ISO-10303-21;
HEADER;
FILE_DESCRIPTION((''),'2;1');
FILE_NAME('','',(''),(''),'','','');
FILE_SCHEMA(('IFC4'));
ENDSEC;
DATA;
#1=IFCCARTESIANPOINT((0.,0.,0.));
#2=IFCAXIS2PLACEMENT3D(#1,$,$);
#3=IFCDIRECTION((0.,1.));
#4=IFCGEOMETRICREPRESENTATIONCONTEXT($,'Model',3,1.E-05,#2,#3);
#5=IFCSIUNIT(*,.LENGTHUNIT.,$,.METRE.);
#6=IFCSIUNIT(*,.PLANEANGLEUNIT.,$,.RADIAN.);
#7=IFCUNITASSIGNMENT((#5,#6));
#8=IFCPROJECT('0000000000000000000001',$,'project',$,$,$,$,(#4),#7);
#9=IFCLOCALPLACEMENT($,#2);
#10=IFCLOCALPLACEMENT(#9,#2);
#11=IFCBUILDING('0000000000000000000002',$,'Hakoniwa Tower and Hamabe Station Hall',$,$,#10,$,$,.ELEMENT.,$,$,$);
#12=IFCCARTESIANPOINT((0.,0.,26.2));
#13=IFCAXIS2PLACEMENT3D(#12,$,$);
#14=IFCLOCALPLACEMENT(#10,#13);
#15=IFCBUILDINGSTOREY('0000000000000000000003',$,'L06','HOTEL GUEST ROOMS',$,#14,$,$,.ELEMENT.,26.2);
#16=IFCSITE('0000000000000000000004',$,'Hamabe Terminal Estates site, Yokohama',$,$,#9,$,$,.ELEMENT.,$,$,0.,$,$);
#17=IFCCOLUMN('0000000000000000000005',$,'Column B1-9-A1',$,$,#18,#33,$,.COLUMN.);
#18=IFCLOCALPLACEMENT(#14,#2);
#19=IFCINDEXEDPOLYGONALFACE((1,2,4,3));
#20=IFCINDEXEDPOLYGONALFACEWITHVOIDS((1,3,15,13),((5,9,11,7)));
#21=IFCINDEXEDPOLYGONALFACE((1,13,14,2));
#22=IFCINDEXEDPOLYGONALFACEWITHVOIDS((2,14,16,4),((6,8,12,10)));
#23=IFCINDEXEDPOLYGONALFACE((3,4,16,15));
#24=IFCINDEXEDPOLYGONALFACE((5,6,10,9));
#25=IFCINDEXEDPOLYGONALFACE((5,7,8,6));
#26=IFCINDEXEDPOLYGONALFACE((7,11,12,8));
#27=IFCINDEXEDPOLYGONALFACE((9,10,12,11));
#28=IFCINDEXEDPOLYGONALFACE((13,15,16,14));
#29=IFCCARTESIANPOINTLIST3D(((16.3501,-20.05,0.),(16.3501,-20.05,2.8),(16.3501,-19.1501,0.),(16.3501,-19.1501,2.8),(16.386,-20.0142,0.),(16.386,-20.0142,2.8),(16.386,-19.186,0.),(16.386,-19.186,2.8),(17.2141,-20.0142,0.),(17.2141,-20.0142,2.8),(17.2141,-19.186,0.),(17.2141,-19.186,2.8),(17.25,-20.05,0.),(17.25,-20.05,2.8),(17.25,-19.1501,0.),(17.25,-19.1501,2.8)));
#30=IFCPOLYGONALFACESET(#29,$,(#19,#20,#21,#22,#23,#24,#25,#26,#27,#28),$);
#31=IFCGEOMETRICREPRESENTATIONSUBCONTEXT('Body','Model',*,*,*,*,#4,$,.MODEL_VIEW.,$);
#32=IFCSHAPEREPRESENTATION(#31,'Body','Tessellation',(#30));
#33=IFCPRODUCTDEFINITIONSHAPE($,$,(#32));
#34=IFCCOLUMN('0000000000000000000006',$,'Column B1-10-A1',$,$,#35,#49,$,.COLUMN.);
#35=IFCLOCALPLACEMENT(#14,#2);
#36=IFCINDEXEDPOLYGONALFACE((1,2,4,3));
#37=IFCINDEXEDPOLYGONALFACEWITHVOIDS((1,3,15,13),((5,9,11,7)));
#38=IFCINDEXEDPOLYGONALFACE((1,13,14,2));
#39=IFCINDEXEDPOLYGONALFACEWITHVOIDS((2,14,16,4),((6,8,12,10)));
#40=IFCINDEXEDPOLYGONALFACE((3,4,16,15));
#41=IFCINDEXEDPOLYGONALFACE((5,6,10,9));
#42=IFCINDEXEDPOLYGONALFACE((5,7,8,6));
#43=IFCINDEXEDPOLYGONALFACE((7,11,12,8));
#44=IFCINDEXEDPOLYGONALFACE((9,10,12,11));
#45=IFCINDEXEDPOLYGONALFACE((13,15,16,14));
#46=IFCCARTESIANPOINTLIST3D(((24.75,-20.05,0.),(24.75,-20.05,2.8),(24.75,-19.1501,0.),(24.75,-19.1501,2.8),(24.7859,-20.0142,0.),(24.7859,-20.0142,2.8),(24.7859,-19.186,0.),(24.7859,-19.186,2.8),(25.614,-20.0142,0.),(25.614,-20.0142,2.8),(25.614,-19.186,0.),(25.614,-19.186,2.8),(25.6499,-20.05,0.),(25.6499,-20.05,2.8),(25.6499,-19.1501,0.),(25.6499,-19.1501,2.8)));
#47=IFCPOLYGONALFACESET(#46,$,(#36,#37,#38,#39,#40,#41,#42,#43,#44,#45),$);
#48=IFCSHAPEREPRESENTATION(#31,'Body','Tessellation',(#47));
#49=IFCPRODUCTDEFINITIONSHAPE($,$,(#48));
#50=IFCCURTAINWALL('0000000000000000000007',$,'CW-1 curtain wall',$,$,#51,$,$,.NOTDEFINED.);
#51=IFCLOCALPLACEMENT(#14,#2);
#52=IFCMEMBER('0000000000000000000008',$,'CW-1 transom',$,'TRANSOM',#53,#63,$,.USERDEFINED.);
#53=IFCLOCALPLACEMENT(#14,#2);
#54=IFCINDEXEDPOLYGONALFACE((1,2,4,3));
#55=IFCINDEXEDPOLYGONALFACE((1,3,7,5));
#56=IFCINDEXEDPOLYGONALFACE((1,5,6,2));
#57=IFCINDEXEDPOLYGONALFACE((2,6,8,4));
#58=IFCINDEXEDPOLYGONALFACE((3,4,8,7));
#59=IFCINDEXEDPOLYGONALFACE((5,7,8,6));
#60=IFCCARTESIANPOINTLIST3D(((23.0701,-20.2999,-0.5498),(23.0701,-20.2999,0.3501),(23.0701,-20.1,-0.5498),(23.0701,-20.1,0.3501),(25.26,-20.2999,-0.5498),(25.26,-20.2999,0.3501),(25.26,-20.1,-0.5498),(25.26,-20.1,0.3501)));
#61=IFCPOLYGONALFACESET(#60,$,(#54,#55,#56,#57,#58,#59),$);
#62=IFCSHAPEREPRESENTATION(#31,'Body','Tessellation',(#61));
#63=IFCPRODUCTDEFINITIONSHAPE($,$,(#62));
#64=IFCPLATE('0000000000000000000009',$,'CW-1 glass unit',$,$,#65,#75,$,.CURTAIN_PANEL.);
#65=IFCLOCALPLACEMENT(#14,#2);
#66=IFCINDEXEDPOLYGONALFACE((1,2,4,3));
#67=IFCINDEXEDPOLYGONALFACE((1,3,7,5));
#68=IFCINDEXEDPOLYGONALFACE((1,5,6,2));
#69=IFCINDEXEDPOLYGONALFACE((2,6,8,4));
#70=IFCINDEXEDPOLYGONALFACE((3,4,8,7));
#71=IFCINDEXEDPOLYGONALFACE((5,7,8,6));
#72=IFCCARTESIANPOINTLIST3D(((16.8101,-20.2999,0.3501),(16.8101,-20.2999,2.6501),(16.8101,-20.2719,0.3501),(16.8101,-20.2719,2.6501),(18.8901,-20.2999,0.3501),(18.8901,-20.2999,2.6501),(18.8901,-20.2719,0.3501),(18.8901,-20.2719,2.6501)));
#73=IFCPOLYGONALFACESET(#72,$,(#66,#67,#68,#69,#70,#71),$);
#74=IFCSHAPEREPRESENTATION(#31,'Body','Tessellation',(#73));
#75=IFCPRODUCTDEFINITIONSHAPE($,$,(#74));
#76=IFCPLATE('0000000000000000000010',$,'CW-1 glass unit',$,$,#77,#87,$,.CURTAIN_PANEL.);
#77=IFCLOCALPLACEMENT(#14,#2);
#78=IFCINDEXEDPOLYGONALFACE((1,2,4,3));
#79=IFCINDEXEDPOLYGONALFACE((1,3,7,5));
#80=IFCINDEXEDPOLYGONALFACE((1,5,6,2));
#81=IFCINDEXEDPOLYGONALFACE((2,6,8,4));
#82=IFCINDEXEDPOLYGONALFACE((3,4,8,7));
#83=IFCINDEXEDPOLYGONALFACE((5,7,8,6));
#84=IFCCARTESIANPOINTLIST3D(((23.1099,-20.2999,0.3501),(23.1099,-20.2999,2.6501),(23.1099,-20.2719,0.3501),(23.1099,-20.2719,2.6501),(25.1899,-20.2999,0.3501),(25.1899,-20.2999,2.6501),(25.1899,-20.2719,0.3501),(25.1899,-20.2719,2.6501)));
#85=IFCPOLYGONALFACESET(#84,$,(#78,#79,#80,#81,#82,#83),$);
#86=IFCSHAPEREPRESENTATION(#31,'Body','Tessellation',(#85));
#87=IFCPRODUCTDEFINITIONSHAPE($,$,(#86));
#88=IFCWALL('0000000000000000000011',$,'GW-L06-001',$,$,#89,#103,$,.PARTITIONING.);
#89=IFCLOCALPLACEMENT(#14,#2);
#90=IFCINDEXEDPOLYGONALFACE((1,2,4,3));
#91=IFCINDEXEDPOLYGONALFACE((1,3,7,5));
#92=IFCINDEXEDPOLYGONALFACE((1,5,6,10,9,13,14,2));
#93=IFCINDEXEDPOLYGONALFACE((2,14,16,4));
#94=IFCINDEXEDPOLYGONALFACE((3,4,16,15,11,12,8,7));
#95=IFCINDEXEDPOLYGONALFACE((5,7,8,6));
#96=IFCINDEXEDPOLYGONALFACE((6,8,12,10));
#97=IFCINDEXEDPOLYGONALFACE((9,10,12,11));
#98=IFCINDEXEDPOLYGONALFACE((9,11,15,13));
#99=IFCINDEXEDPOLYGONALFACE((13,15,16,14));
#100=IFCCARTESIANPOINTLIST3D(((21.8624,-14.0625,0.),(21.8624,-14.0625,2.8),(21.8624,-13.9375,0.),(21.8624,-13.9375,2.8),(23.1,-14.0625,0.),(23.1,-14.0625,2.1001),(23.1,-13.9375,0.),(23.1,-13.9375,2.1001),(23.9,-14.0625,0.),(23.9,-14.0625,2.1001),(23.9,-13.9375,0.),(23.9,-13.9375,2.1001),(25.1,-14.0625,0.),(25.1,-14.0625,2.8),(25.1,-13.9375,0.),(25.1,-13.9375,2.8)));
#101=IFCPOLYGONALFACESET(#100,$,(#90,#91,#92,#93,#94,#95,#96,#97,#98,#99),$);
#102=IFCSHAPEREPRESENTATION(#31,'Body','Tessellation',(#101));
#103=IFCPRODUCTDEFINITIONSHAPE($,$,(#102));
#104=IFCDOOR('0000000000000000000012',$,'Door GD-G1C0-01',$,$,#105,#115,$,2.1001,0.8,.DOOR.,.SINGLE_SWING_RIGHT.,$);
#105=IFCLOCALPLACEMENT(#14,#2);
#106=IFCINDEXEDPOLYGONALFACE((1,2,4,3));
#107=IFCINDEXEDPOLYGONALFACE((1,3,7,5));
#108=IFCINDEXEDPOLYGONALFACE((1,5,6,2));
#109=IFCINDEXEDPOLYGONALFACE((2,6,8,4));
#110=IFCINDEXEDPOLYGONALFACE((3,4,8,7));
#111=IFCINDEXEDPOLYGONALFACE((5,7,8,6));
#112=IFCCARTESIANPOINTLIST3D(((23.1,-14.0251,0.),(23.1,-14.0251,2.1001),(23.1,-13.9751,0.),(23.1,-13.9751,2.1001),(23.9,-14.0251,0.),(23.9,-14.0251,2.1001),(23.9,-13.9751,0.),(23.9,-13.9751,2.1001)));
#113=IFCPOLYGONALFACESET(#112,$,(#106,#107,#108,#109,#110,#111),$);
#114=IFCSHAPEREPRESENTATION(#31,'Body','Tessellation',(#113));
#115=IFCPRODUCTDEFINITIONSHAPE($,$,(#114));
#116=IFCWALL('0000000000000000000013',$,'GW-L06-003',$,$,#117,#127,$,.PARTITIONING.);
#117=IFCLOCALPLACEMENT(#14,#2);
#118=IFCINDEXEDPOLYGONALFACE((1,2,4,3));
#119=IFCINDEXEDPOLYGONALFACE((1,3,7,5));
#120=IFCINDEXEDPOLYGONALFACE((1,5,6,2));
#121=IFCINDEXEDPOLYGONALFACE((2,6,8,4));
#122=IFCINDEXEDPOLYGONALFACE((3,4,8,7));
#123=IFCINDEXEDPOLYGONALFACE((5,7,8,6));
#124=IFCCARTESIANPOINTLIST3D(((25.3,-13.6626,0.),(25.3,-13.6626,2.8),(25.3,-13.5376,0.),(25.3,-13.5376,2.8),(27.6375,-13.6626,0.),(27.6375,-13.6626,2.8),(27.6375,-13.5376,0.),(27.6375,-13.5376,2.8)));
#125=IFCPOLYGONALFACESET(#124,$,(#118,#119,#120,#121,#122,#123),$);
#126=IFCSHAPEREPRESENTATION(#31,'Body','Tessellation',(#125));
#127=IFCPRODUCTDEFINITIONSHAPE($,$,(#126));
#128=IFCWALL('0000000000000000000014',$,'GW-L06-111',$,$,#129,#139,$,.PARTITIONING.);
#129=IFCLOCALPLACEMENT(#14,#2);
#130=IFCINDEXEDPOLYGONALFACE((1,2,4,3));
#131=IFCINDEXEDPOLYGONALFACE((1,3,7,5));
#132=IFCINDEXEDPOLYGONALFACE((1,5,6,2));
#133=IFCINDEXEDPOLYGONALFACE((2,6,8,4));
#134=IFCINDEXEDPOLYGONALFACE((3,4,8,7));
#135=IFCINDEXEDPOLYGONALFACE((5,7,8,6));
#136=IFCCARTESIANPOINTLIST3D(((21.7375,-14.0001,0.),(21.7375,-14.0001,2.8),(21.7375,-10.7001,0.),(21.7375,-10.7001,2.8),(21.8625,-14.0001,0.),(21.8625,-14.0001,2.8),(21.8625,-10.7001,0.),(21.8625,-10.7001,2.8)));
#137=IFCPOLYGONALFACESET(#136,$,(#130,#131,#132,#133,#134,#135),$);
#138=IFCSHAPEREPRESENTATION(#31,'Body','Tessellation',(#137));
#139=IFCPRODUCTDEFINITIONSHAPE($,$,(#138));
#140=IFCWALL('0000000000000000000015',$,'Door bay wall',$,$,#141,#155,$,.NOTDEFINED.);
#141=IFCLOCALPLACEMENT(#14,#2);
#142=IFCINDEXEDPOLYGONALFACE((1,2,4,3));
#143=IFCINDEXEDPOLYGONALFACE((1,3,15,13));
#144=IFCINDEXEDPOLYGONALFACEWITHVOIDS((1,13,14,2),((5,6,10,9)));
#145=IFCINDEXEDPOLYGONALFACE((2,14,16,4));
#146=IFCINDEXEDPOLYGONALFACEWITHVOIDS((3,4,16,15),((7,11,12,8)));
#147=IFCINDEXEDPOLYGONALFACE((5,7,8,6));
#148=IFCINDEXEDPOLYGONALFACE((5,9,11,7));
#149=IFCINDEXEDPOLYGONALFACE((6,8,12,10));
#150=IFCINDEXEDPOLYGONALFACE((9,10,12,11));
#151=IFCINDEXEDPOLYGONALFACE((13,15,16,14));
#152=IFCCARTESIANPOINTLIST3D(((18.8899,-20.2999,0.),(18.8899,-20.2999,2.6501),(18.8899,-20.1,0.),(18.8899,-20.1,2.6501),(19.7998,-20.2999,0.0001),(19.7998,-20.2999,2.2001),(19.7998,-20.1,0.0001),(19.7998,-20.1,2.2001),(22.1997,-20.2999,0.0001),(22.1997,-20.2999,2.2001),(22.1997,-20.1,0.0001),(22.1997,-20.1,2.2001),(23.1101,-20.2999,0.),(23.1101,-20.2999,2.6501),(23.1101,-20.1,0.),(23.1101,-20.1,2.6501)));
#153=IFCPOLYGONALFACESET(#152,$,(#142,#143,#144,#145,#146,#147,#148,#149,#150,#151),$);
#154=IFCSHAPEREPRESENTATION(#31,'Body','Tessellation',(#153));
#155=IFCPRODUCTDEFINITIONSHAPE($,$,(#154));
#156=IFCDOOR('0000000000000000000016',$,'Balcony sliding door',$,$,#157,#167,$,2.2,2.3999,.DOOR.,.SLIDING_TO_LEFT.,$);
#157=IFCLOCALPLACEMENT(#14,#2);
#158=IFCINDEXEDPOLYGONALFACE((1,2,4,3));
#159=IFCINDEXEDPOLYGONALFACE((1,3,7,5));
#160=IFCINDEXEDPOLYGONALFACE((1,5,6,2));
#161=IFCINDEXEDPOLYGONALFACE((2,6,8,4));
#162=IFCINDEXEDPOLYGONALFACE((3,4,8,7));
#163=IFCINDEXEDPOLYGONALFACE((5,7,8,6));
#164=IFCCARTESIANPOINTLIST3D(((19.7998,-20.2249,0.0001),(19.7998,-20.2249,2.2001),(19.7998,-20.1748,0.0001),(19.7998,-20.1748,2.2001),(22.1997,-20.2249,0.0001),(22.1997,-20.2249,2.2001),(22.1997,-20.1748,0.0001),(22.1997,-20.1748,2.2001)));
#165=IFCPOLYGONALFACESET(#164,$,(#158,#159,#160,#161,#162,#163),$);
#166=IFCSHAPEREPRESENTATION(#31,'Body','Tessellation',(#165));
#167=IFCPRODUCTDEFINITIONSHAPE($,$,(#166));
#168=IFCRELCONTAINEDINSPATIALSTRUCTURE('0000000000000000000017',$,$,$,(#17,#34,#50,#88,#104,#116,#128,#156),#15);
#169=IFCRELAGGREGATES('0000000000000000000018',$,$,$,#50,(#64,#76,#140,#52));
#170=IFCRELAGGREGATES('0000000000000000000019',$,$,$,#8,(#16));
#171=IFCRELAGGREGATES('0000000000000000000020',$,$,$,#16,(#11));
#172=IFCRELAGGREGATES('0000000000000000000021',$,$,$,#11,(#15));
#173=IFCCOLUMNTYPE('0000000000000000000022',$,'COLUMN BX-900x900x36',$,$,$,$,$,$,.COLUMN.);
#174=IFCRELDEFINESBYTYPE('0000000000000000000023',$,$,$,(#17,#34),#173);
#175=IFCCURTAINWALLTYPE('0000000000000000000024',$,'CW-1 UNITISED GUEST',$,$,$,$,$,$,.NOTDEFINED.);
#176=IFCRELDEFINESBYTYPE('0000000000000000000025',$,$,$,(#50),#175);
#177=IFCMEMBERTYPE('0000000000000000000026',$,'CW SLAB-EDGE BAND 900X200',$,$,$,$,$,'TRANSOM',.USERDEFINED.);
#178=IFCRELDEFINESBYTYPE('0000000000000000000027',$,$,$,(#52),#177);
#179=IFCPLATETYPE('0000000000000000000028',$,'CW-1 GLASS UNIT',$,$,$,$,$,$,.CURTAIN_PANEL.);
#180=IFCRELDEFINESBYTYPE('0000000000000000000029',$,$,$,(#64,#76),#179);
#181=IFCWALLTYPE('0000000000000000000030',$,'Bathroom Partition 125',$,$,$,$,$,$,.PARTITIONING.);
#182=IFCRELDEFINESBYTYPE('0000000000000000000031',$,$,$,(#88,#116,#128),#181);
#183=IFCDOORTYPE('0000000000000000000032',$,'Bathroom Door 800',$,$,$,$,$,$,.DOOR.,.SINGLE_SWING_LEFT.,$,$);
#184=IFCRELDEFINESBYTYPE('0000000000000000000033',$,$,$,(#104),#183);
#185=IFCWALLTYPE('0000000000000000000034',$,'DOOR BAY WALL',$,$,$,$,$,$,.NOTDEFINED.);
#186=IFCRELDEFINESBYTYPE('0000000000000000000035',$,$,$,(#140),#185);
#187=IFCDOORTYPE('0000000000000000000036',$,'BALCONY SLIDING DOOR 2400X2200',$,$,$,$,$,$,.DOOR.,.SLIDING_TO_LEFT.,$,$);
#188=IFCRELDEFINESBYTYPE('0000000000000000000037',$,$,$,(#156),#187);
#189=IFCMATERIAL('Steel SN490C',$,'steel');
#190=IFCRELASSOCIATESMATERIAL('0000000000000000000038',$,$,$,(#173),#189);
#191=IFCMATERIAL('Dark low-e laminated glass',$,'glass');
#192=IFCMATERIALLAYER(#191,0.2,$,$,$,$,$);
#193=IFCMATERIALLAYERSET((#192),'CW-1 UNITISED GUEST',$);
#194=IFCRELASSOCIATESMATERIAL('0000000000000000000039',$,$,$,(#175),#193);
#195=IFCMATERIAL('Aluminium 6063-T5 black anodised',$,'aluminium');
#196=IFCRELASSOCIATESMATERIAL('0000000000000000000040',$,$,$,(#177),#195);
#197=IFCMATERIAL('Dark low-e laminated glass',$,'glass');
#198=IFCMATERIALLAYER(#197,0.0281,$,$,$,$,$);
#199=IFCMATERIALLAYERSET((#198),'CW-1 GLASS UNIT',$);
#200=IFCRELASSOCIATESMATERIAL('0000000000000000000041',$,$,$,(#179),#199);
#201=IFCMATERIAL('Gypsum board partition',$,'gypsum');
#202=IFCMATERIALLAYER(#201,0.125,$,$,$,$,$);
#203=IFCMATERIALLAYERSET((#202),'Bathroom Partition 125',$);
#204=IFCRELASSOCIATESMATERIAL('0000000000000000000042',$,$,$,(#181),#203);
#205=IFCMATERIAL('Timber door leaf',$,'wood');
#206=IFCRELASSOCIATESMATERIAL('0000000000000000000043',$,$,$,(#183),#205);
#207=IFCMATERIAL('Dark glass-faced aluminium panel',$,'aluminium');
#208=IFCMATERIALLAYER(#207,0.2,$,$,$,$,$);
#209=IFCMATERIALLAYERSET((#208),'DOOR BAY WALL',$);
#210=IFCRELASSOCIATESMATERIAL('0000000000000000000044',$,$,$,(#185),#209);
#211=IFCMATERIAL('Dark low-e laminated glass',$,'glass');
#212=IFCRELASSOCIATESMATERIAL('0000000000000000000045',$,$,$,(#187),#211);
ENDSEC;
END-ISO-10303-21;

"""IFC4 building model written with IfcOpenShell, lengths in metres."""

from ifc_helpers import new_model, si_unit, direction, frame, frame_2d, origin, origin_2d, place, context, subcontext, project, spatial, rectangle, hollow_rectangle, extrude, material, layer, layer_set, material_profile, profile_set, type_object, element, fill, aggregate, save


model = new_model("IFC4")

# Units and contexts
model_context = context("Model", 3, precision=1e-05, world=origin(), true_north=direction((0.0, 1.0)))
body_context = subcontext(model_context, "Body", "Model", "MODEL_VIEW")
ifc_project = project(units=[si_unit("LENGTHUNIT", "METRE"), si_unit("PLANEANGLEUNIT", "RADIAN")], contexts=[model_context])

# Site, building, storey
site_placement = place(None, origin())
site = spatial("IfcSite", under=ifc_project, at=site_placement, Name="Hamabe Terminal Estates site, Yokohama", CompositionType="ELEMENT", RefElevation=0.0)
building_placement = place(site_placement, origin())
building = spatial("IfcBuilding", under=site, at=building_placement, Name="Hakoniwa Tower and Hamabe Station Hall", CompositionType="ELEMENT")
storey_placement = place(building_placement, frame((0.0, 0.0, 26.2)))
storey = spatial("IfcBuildingStorey", under=building, at=storey_placement, Name="L06", Description="HOTEL GUEST ROOMS", CompositionType="ELEMENT", Elevation=26.2)

# Columns
ifc_material_1 = material(Name="Steel SN490C", Category="steel")
ifc_material_profile_1 = material_profile(ifc_material_1, hollow_rectangle(XDim=0.8999, YDim=0.8999, WallThickness=0.0359, at=origin_2d()), Name="BX-900x900x36")
ifc_profile_set_1 = profile_set([ifc_material_profile_1], Name="Steel SN490C")
column_type = type_object("IfcColumnType", Name="COLUMN BX-900x900x36", PredefinedType="COLUMN", material=ifc_profile_set_1)
for number, where, z_axis, x_axis, name in (
    (1, (16.8, -19.6001, 0.0), (0.0, 0.0, 1.0), (1.0, 0.0, 0.0), "Column B1-9-A1"),
    (2, (25.2, -19.6001, 0.0), (0.0, 0.0, 1.0), (1.0, 0.0, 0.0), "Column B1-10-A1"),
):
    element("IfcColumn", number, at=place(storey_placement, frame(where, z_axis=z_axis, x_axis=x_axis)), inside=storey, type_object=column_type, Name=name, PredefinedType="COLUMN", context=body_context, shape_type="SweptSolid", body=[
        extrude(hollow_rectangle(XDim=0.8999, YDim=0.8999, WallThickness=0.0359, at=origin_2d()), origin(), (0.0, 0.0, 1.0), 2.8),
    ])

# Curtain wall, member, plates
ifc_material_2 = material(Name="Dark low-e laminated glass", Category="glass")
ifc_layer_1 = layer(ifc_material_2, 0.2)
ifc_layer_set_1 = layer_set([ifc_layer_1], Name="CW-1 UNITISED GUEST")
curtain_wall_type = type_object("IfcCurtainWallType", Name="CW-1 UNITISED GUEST", PredefinedType="NOTDEFINED", material=ifc_layer_set_1)
curtain_wall_placement = place(storey_placement, origin())
curtain_wall = element("IfcCurtainWall", 3, at=curtain_wall_placement, inside=storey, type_object=curtain_wall_type, Name="CW-1 curtain wall", PredefinedType="NOTDEFINED")
ifc_material_3 = material(Name="Aluminium 6063-T5 black anodised", Category="aluminium")
ifc_material_profile_2 = material_profile(ifc_material_3, rectangle(XDim=0.2, YDim=0.8999, at=origin_2d()), Name="CW SLAB-EDGE BAND 900X200")
ifc_profile_set_2 = profile_set([ifc_material_profile_2], Name="Aluminium 6063-T5 black anodised")
member_type = type_object("IfcMemberType", Name="CW SLAB-EDGE BAND 900X200", ElementType="TRANSOM", PredefinedType="USERDEFINED", material=ifc_profile_set_2)
member_placement = place(storey_placement, frame((23.0701, -20.2, -0.0999), z_axis=(1.0, 0.0, 0.0), x_axis=(0.0, 1.0, 0.0)))
member = element("IfcMember", 4, at=member_placement, type_object=member_type, Name="CW-1 transom", ObjectType="TRANSOM", PredefinedType="USERDEFINED", context=body_context, shape_type="SweptSolid", body=[
    extrude(rectangle(XDim=0.2, YDim=0.8999, at=origin_2d()), origin(), (0.0, 0.0, 1.0), 2.1899),
])
ifc_material_4 = material(Name="Dark low-e laminated glass", Category="glass")
ifc_layer_2 = layer(ifc_material_4, 0.0281)
ifc_layer_set_2 = layer_set([ifc_layer_2], Name="CW-1 GLASS UNIT")
plate_type = type_object("IfcPlateType", Name="CW-1 GLASS UNIT", PredefinedType="CURTAIN_PANEL", material=ifc_layer_set_2)
plate_1_placement = place(storey_placement, frame((17.8501, -20.2859, 0.3501), z_axis=(0.0, 0.0, 1.0), x_axis=(1.0, 0.0, 0.0)))
plate_1 = element("IfcPlate", 5, at=plate_1_placement, type_object=plate_type, Name="CW-1 glass unit", PredefinedType="CURTAIN_PANEL", context=body_context, shape_type="SweptSolid", body=[
    extrude(rectangle(XDim=2.0801, YDim=0.0281, at=origin_2d()), origin(), (0.0, 0.0, 1.0), 2.3),
])
plate_2_placement = place(storey_placement, frame((24.1499, -20.2859, 0.3501), z_axis=(0.0, 0.0, 1.0), x_axis=(1.0, 0.0, 0.0)))
plate_2 = element("IfcPlate", 6, at=plate_2_placement, type_object=plate_type, Name="CW-1 glass unit", PredefinedType="CURTAIN_PANEL", context=body_context, shape_type="SweptSolid", body=[
    extrude(rectangle(XDim=2.0801, YDim=0.0281, at=origin_2d()), origin(), (0.0, 0.0, 1.0), 2.3),
])

# Wall, opening, door
ifc_material_5 = material(Name="Gypsum board partition", Category="gypsum")
ifc_layer_3 = layer(ifc_material_5, 0.125)
ifc_layer_set_3 = layer_set([ifc_layer_3], Name="Bathroom Partition 125")
wall_type_1 = type_object("IfcWallType", Name="Bathroom Partition 125", PredefinedType="PARTITIONING", material=ifc_layer_set_3)
wall_1_placement = place(storey_placement, frame((21.8625, -14.0, 0.0), z_axis=(0.0, 0.0, 1.0), x_axis=(1.0, 0.0, 0.0)))
wall_1 = element("IfcWall", 7, at=wall_1_placement, inside=storey, type_object=wall_type_1, Name="GW-L06-001", PredefinedType="PARTITIONING", context=body_context, shape_type="SweptSolid", body=[
    extrude(rectangle(XDim=3.2375, YDim=0.125, at=frame_2d((1.6187, 0.0))), origin(), (0.0, 0.0, 1.0), 2.8),
])
opening_1_placement = place(wall_1_placement, frame((1.2375, 0.0, 0.0)))
opening_1 = element("IfcOpeningElement", 8, at=opening_1_placement, cuts=wall_1, PredefinedType="OPENING", context=body_context, shape_type="SweptSolid", body=[
    extrude(rectangle(XDim=0.8, YDim=2.1001, at=frame_2d((0.3999, 1.05))), frame((0.0, 0.0725, 0.0), z_axis=(0.0, -1.0, 0.0), x_axis=(1.0, 0.0, 0.0)), (0.0, 0.0, 1.0), 0.145),
])
ifc_material_6 = material(Name="Timber door leaf", Category="wood")
door_type_1 = type_object("IfcDoorType", Name="Bathroom Door 800", OperationType="SINGLE_SWING_LEFT", PredefinedType="DOOR", material=ifc_material_6)
door_1_placement = place(opening_1_placement, origin())
door_1 = element("IfcDoor", 9, at=door_1_placement, inside=storey, type_object=door_type_1, Name="Door GD-G1C0-01", OperationType="SINGLE_SWING_RIGHT", OverallHeight=2.1001, OverallWidth=0.8, PredefinedType="DOOR", context=body_context, shape_type="SweptSolid", body=[
    extrude(rectangle(XDim=0.8, YDim=2.1001, at=frame_2d((0.3999, 1.05))), frame((0.0, 0.0249, 0.0), z_axis=(0.0, -1.0, 0.0), x_axis=(1.0, 0.0, 0.0)), (0.0, 0.0, 1.0), 0.05),
])
fill(opening_1, door_1)

# Walls
wall_2_placement = place(storey_placement, frame((25.3, -13.6001, 0.0), z_axis=(0.0, 0.0, 1.0), x_axis=(1.0, 0.0, 0.0)))
element("IfcWall", 10, at=wall_2_placement, inside=storey, type_object=wall_type_1, Name="GW-L06-003", PredefinedType="PARTITIONING", context=body_context, shape_type="SweptSolid", body=[
    extrude(rectangle(XDim=2.3374, YDim=0.125, at=frame_2d((1.1687, 0.0))), origin(), (0.0, 0.0, 1.0), 2.8),
])
wall_3_placement = place(storey_placement, frame((21.8, -14.0, 0.0), z_axis=(0.0, 0.0, 1.0), x_axis=(0.0, 1.0, 0.0)))
element("IfcWall", 11, at=wall_3_placement, inside=storey, type_object=wall_type_1, Name="GW-L06-111", PredefinedType="PARTITIONING", context=body_context, shape_type="SweptSolid", body=[
    extrude(rectangle(XDim=3.3, YDim=0.125, at=frame_2d((1.6499, 0.0))), origin(), (0.0, 0.0, 1.0), 2.8),
])

# Wall, opening, door
ifc_material_7 = material(Name="Dark glass-faced aluminium panel", Category="aluminium")
ifc_layer_4 = layer(ifc_material_7, 0.2)
ifc_layer_set_4 = layer_set([ifc_layer_4], Name="DOOR BAY WALL")
wall_type_2 = type_object("IfcWallType", Name="DOOR BAY WALL", PredefinedType="NOTDEFINED", material=ifc_layer_set_4)
wall_4_placement = place(storey_placement, frame((18.8899, -20.2, 0.0), z_axis=(0.0, 0.0, 1.0), x_axis=(1.0, 0.0, 0.0)))
wall_4 = element("IfcWall", 12, at=wall_4_placement, type_object=wall_type_2, Name="Door bay wall", PredefinedType="NOTDEFINED", context=body_context, shape_type="SweptSolid", body=[
    extrude(rectangle(XDim=4.2202, YDim=0.2, at=frame_2d((2.1101, 0.0))), origin(), (0.0, 0.0, 1.0), 2.6501),
])
opening_2_placement = place(wall_4_placement, frame((0.9099, 0.0, 0.0)))
opening_2 = element("IfcOpeningElement", 13, at=opening_2_placement, cuts=wall_4, PredefinedType="OPENING", context=body_context, shape_type="SweptSolid", body=[
    extrude(rectangle(XDim=2.3999, YDim=2.2, at=frame_2d((1.2, 1.1001))), frame((0.0, 0.1099, 0.0), z_axis=(0.0, -1.0, 0.0), x_axis=(1.0, 0.0, 0.0)), (0.0, 0.0, 1.0), 0.22),
])
ifc_material_8 = material(Name="Dark low-e laminated glass", Category="glass")
door_type_2 = type_object("IfcDoorType", Name="BALCONY SLIDING DOOR 2400X2200", OperationType="SLIDING_TO_LEFT", PredefinedType="DOOR", material=ifc_material_8)
door_2_placement = place(opening_2_placement, frame((2.3999, 0.0, 0.0), z_axis=(0.0, 0.0, 1.0), x_axis=(-1.0, 0.0, 0.0)))
door_2 = element("IfcDoor", 14, at=door_2_placement, inside=storey, type_object=door_type_2, Name="Balcony sliding door", OperationType="SLIDING_TO_LEFT", OverallHeight=2.2, OverallWidth=2.3999, PredefinedType="DOOR", context=body_context, shape_type="SweptSolid", body=[
    extrude(rectangle(XDim=2.3999, YDim=2.2, at=frame_2d((1.2, 1.1001))), frame((0.0, 0.0249, 0.0), z_axis=(0.0, -1.0, 0.0), x_axis=(1.0, 0.0, 0.0)), (0.0, 0.0, 1.0), 0.05),
])
fill(opening_2, door_2)
aggregate(curtain_wall, [plate_1, plate_2, wall_4, member])

save(model, "model.ifc")
